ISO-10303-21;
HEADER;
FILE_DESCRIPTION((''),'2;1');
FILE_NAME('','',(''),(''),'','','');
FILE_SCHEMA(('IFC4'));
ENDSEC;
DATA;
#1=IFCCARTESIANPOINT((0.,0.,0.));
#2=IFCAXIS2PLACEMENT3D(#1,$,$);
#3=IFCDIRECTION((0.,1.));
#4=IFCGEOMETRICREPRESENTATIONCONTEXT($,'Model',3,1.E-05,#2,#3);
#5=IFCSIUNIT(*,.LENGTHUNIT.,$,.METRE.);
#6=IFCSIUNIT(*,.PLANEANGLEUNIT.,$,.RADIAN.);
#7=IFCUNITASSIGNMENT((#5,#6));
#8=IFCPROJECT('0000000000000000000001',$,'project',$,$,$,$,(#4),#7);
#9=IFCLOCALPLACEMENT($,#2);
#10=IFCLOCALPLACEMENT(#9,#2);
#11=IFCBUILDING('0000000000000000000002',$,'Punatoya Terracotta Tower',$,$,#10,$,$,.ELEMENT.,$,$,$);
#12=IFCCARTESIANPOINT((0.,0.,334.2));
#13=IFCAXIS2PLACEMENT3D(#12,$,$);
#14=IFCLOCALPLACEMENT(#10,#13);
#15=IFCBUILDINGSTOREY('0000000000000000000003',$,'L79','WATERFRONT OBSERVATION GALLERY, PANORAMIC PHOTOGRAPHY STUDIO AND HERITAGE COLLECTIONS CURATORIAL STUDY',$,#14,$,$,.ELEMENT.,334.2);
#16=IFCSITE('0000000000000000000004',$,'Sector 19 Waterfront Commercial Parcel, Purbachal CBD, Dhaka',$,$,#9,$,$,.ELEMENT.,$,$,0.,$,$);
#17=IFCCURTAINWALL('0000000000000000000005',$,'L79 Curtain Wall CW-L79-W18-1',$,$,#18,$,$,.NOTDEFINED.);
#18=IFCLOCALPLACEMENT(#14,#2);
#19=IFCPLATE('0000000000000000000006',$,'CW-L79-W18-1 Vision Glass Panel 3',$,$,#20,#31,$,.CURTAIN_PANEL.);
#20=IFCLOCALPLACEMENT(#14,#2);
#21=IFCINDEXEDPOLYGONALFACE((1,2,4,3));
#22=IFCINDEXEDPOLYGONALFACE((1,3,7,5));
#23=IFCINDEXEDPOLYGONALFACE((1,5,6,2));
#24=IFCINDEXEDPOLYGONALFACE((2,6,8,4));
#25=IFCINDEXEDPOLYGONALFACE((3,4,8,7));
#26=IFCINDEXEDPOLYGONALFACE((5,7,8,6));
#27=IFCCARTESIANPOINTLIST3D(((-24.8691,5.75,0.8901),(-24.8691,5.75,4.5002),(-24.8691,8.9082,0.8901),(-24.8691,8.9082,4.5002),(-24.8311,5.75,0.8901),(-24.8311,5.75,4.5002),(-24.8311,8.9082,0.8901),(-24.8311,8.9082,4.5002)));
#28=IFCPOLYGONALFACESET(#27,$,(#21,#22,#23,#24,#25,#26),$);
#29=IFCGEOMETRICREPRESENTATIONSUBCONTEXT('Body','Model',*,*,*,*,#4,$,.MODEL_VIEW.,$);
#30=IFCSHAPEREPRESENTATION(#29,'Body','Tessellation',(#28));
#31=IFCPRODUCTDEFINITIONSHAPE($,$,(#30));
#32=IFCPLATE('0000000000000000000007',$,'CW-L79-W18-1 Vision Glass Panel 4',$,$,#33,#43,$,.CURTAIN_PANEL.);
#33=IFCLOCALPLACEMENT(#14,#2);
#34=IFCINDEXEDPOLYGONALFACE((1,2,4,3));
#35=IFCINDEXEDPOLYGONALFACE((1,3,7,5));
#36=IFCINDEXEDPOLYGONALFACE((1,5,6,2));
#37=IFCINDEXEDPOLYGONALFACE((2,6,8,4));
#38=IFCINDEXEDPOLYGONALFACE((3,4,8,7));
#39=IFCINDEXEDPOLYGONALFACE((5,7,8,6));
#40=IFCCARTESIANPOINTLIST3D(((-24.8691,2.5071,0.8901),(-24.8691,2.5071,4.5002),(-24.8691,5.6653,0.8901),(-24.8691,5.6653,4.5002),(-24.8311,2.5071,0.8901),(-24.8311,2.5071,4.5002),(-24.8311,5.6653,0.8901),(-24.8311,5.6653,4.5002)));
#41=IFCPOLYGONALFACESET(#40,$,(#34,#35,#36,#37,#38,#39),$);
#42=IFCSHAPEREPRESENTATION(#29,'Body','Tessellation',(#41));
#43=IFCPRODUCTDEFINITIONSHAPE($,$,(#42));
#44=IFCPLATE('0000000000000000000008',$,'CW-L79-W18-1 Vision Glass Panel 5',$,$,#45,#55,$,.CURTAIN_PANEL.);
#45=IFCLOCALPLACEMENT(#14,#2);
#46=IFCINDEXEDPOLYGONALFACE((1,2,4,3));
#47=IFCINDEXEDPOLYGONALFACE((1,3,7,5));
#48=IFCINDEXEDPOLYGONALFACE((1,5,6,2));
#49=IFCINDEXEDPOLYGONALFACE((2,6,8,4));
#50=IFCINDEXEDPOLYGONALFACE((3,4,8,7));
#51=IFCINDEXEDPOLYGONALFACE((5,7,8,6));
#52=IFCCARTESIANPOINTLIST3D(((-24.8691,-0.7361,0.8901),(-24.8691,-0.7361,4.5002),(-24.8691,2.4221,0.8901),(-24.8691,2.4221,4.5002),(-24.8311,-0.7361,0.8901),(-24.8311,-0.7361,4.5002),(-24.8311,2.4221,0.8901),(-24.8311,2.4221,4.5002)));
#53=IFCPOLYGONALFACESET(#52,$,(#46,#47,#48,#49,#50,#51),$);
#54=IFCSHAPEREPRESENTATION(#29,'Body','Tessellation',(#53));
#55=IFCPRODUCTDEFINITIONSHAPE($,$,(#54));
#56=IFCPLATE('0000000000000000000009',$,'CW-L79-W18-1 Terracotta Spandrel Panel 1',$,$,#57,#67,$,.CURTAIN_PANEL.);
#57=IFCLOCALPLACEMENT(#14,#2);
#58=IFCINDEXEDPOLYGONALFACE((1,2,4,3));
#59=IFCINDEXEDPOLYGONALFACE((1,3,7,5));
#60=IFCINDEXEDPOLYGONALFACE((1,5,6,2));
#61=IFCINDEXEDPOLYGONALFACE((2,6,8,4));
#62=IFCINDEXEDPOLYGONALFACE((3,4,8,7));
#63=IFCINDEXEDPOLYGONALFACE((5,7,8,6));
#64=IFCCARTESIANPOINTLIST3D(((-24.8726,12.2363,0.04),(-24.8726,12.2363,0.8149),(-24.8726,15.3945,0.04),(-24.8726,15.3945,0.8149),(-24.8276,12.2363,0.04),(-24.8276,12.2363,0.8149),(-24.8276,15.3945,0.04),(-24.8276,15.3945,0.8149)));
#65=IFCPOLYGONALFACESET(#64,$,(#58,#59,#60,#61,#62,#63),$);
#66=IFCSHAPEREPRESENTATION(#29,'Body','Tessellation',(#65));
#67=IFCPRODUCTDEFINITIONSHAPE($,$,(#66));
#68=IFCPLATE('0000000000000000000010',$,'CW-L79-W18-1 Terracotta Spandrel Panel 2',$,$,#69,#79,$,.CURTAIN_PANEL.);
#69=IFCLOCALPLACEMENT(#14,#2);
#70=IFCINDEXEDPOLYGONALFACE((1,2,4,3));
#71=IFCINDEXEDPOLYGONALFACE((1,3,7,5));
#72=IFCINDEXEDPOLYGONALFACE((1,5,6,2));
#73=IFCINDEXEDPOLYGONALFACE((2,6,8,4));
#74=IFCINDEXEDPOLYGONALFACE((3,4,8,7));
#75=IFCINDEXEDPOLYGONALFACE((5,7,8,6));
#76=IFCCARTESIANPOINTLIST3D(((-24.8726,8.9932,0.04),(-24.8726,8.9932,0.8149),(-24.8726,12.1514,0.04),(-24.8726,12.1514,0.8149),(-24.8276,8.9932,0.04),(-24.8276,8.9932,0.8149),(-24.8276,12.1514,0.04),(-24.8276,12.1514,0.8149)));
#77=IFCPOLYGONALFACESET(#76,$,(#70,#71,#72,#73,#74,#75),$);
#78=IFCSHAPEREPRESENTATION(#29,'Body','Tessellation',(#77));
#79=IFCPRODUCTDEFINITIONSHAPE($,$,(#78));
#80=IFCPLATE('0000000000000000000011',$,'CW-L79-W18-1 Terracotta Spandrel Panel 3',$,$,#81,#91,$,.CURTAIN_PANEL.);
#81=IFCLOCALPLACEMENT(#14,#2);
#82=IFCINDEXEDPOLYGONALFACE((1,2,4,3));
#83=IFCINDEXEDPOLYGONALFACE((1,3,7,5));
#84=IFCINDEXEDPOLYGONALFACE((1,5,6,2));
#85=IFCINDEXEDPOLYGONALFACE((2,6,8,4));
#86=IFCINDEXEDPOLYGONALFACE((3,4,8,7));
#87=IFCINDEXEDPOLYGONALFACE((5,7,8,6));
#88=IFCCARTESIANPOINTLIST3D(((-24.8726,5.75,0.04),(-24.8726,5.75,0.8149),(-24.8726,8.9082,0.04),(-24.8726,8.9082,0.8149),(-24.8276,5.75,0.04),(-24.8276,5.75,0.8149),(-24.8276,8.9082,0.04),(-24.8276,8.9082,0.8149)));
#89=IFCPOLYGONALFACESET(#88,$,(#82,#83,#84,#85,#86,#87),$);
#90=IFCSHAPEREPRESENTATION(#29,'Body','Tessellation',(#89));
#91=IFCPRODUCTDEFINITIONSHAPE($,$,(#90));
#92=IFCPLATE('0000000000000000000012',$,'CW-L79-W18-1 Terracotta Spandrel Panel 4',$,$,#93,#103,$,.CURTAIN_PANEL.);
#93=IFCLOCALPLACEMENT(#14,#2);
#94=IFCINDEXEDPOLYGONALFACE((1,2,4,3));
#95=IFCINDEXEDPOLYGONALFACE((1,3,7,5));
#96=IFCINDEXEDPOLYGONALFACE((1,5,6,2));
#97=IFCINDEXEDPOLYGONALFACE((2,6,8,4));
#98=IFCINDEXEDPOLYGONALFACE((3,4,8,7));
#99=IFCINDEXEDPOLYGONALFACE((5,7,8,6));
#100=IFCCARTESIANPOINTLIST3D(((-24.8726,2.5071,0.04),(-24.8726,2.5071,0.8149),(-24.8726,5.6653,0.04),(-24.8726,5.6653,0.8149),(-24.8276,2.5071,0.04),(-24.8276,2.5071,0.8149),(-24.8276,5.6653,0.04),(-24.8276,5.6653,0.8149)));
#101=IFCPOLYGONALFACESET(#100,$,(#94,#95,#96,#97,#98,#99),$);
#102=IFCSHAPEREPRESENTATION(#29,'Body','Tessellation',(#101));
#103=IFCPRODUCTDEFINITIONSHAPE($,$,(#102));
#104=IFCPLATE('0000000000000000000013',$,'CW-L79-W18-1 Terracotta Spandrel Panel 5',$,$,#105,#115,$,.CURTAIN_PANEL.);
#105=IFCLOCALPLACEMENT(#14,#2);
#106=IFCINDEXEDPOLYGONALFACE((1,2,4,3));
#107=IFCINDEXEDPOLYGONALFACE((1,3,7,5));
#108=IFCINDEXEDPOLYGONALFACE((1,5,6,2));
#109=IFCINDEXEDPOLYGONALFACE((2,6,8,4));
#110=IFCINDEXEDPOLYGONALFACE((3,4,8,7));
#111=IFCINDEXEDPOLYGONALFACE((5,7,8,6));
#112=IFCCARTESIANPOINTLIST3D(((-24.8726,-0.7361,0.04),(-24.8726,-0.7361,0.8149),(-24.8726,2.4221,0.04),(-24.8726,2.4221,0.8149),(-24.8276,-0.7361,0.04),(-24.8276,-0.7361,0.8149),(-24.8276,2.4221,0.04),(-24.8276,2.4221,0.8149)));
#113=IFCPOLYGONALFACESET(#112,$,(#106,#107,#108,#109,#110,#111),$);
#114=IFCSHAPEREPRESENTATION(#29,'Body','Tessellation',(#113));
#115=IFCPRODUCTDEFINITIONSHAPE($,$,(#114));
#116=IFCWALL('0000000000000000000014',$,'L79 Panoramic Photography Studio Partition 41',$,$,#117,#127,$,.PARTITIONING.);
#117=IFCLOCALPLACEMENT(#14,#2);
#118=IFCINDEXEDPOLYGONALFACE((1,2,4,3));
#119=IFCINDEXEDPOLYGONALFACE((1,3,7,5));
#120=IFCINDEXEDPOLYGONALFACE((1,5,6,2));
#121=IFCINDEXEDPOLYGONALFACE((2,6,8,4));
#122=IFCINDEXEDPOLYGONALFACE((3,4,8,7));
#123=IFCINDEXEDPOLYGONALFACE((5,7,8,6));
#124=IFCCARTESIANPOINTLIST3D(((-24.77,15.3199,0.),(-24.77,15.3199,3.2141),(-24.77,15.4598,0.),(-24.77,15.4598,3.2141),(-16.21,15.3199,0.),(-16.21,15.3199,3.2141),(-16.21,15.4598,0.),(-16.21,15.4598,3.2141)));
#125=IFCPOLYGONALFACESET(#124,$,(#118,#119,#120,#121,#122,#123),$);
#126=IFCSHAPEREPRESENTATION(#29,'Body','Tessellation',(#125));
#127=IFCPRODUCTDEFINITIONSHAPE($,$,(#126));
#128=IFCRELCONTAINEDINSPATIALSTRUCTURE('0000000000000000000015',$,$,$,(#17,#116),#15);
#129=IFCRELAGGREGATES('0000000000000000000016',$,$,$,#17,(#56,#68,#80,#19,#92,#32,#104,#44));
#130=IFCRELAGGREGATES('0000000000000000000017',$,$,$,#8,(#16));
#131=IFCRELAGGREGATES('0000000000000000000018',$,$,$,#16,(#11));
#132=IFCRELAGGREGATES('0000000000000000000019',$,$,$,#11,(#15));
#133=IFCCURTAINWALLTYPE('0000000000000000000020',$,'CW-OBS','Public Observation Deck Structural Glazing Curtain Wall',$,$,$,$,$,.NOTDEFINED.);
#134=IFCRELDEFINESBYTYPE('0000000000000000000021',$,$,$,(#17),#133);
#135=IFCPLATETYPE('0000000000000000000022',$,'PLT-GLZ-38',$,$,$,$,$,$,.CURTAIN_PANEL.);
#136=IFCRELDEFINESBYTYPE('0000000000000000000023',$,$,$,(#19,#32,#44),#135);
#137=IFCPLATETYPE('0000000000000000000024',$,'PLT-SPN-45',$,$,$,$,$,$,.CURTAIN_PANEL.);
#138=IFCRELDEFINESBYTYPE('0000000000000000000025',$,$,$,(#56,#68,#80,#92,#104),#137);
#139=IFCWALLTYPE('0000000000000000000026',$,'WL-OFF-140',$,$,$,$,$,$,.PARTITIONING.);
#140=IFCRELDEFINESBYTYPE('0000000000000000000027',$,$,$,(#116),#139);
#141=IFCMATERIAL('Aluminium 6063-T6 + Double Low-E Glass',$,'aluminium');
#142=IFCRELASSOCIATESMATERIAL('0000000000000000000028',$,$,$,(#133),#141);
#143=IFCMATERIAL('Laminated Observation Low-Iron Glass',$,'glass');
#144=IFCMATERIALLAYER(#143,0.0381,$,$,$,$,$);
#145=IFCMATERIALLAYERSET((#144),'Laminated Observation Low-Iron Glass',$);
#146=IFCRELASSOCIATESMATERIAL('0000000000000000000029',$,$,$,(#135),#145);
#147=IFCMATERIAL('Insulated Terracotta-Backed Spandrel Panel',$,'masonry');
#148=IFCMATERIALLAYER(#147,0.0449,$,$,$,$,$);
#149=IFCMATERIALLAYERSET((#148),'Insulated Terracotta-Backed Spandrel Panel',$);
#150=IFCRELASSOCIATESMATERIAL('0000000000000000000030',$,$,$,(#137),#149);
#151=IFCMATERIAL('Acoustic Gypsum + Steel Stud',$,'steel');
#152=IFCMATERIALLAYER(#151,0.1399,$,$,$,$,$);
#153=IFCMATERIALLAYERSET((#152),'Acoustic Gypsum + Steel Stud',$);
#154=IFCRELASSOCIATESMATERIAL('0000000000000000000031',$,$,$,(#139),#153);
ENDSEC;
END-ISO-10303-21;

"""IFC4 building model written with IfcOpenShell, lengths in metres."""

from ifc_helpers import new_model, si_unit, direction, frame, frame_2d, origin, origin_2d, place, context, subcontext, project, spatial, rectangle, extrude, material, layer, layer_set, type_object, element, aggregate, save


model = new_model("IFC4")

# Units and contexts
model_context = context("Model", 3, precision=1e-05, world=origin(), true_north=direction((0.0, 1.0)))
body_context = subcontext(model_context, "Body", "Model", "MODEL_VIEW")
ifc_project = project(units=[si_unit("LENGTHUNIT", "METRE"), si_unit("PLANEANGLEUNIT", "RADIAN")], contexts=[model_context])

# Site, building, storey
site_placement = place(None, origin())
site = spatial("IfcSite", under=ifc_project, at=site_placement, Name="Sector 19 Waterfront Commercial Parcel, Purbachal CBD, Dhaka", CompositionType="ELEMENT", RefElevation=0.0)
building_placement = place(site_placement, origin())
building = spatial("IfcBuilding", under=site, at=building_placement, Name="Punatoya Terracotta Tower", CompositionType="ELEMENT")
storey_placement = place(building_placement, frame((0.0, 0.0, 334.2)))
storey = spatial("IfcBuildingStorey", under=building, at=storey_placement, Name="L79", Description="WATERFRONT OBSERVATION GALLERY, PANORAMIC PHOTOGRAPHY STUDIO AND HERITAGE COLLECTIONS CURATORIAL STUDY", CompositionType="ELEMENT", Elevation=334.2)

# Curtain wall, plates
ifc_material_1 = material(Name="Aluminium 6063-T6 + Double Low-E Glass", Category="aluminium")
curtain_wall_type = type_object("IfcCurtainWallType", Name="CW-OBS", Description="Public Observation Deck Structural Glazing Curtain Wall", PredefinedType="NOTDEFINED", material=ifc_material_1)
curtain_wall_placement = place(storey_placement, origin())
curtain_wall = element("IfcCurtainWall", 1, at=curtain_wall_placement, inside=storey, type_object=curtain_wall_type, Name="L79 Curtain Wall CW-L79-W18-1", PredefinedType="NOTDEFINED")
ifc_material_2 = material(Name="Laminated Observation Low-Iron Glass", Category="glass")
ifc_layer_1 = layer(ifc_material_2, 0.0381)
ifc_layer_set_1 = layer_set([ifc_layer_1], Name="Laminated Observation Low-Iron Glass")
plate_type_1 = type_object("IfcPlateType", Name="PLT-GLZ-38", PredefinedType="CURTAIN_PANEL", material=ifc_layer_set_1)
plate_1_placement = place(storey_placement, frame((-24.8501, 7.3291, 0.8901), z_axis=(0.0, 0.0, 1.0), x_axis=(0.0, -1.0, 0.0)))
plate_1 = element("IfcPlate", 2, at=plate_1_placement, type_object=plate_type_1, Name="CW-L79-W18-1 Vision Glass Panel 3", PredefinedType="CURTAIN_PANEL", context=body_context, shape_type="SweptSolid", body=[
    extrude(rectangle(XDim=3.1582, YDim=0.0381, at=origin_2d()), origin(), (0.0, 0.0, 1.0), 3.6101),
])
plate_2_placement = place(storey_placement, frame((-24.8501, 4.0862, 0.8901), z_axis=(0.0, 0.0, 1.0), x_axis=(0.0, -1.0, 0.0)))
plate_2 = element("IfcPlate", 3, at=plate_2_placement, type_object=plate_type_1, Name="CW-L79-W18-1 Vision Glass Panel 4", PredefinedType="CURTAIN_PANEL", context=body_context, shape_type="SweptSolid", body=[
    extrude(rectangle(XDim=3.1582, YDim=0.0381, at=origin_2d()), origin(), (0.0, 0.0, 1.0), 3.6101),
])
plate_3_placement = place(storey_placement, frame((-24.8501, 0.843, 0.8901), z_axis=(0.0, 0.0, 1.0), x_axis=(0.0, -1.0, 0.0)))
plate_3 = element("IfcPlate", 4, at=plate_3_placement, type_object=plate_type_1, Name="CW-L79-W18-1 Vision Glass Panel 5", PredefinedType="CURTAIN_PANEL", context=body_context, shape_type="SweptSolid", body=[
    extrude(rectangle(XDim=3.1582, YDim=0.0381, at=origin_2d()), origin(), (0.0, 0.0, 1.0), 3.6101),
])
ifc_material_3 = material(Name="Insulated Terracotta-Backed Spandrel Panel", Category="masonry")
ifc_layer_2 = layer(ifc_material_3, 0.0449)
ifc_layer_set_2 = layer_set([ifc_layer_2], Name="Insulated Terracotta-Backed Spandrel Panel")
plate_type_2 = type_object("IfcPlateType", Name="PLT-SPN-45", PredefinedType="CURTAIN_PANEL", material=ifc_layer_set_2)
plate_4_placement = place(storey_placement, frame((-24.8501, 13.8154, 0.04), z_axis=(0.0, 0.0, 1.0), x_axis=(0.0, -1.0, 0.0)))
plate_4 = element("IfcPlate", 5, at=plate_4_placement, type_object=plate_type_2, Name="CW-L79-W18-1 Terracotta Spandrel Panel 1", PredefinedType="CURTAIN_PANEL", context=body_context, shape_type="SweptSolid", body=[
    extrude(rectangle(XDim=3.1582, YDim=0.0449, at=origin_2d()), origin(), (0.0, 0.0, 1.0), 0.7749),
])
plate_5_placement = place(storey_placement, frame((-24.8501, 10.5723, 0.04), z_axis=(0.0, 0.0, 1.0), x_axis=(0.0, -1.0, 0.0)))
plate_5 = element("IfcPlate", 6, at=plate_5_placement, type_object=plate_type_2, Name="CW-L79-W18-1 Terracotta Spandrel Panel 2", PredefinedType="CURTAIN_PANEL", context=body_context, shape_type="SweptSolid", body=[
    extrude(rectangle(XDim=3.1582, YDim=0.0449, at=origin_2d()), origin(), (0.0, 0.0, 1.0), 0.7749),
])
plate_6_placement = place(storey_placement, frame((-24.8501, 7.3291, 0.04), z_axis=(0.0, 0.0, 1.0), x_axis=(0.0, -1.0, 0.0)))
plate_6 = element("IfcPlate", 7, at=plate_6_placement, type_object=plate_type_2, Name="CW-L79-W18-1 Terracotta Spandrel Panel 3", PredefinedType="CURTAIN_PANEL", context=body_context, shape_type="SweptSolid", body=[
    extrude(rectangle(XDim=3.1582, YDim=0.0449, at=origin_2d()), origin(), (0.0, 0.0, 1.0), 0.7749),
])
plate_7_placement = place(storey_placement, frame((-24.8501, 4.0862, 0.04), z_axis=(0.0, 0.0, 1.0), x_axis=(0.0, -1.0, 0.0)))
plate_7 = element("IfcPlate", 8, at=plate_7_placement, type_object=plate_type_2, Name="CW-L79-W18-1 Terracotta Spandrel Panel 4", PredefinedType="CURTAIN_PANEL", context=body_context, shape_type="SweptSolid", body=[
    extrude(rectangle(XDim=3.1582, YDim=0.0449, at=origin_2d()), origin(), (0.0, 0.0, 1.0), 0.7749),
])
plate_8_placement = place(storey_placement, frame((-24.8501, 0.843, 0.04), z_axis=(0.0, 0.0, 1.0), x_axis=(0.0, -1.0, 0.0)))
plate_8 = element("IfcPlate", 9, at=plate_8_placement, type_object=plate_type_2, Name="CW-L79-W18-1 Terracotta Spandrel Panel 5", PredefinedType="CURTAIN_PANEL", context=body_context, shape_type="SweptSolid", body=[
    extrude(rectangle(XDim=3.1582, YDim=0.0449, at=origin_2d()), origin(), (0.0, 0.0, 1.0), 0.7749),
])
aggregate(curtain_wall, [plate_4, plate_5, plate_6, plate_1, plate_7, plate_2, plate_8, plate_3])

# Wall
ifc_material_4 = material(Name="Acoustic Gypsum + Steel Stud", Category="steel")
ifc_layer_3 = layer(ifc_material_4, 0.1399)
ifc_layer_set_3 = layer_set([ifc_layer_3], Name="Acoustic Gypsum + Steel Stud")
wall_type = type_object("IfcWallType", Name="WL-OFF-140", PredefinedType="PARTITIONING", material=ifc_layer_set_3)
wall_placement = place(storey_placement, frame((-24.77, 15.3899, 0.0), z_axis=(0.0, 0.0, 1.0), x_axis=(1.0, 0.0, 0.0)))
element("IfcWall", 10, at=wall_placement, inside=storey, type_object=wall_type, Name="L79 Panoramic Photography Studio Partition 41", PredefinedType="PARTITIONING", context=body_context, shape_type="SweptSolid", body=[
    extrude(rectangle(XDim=8.5601, YDim=0.1399, at=frame_2d((4.28, 0.0))), origin(), (0.0, 0.0, 1.0), 3.2141),
])

save(model, "model.ifc")
